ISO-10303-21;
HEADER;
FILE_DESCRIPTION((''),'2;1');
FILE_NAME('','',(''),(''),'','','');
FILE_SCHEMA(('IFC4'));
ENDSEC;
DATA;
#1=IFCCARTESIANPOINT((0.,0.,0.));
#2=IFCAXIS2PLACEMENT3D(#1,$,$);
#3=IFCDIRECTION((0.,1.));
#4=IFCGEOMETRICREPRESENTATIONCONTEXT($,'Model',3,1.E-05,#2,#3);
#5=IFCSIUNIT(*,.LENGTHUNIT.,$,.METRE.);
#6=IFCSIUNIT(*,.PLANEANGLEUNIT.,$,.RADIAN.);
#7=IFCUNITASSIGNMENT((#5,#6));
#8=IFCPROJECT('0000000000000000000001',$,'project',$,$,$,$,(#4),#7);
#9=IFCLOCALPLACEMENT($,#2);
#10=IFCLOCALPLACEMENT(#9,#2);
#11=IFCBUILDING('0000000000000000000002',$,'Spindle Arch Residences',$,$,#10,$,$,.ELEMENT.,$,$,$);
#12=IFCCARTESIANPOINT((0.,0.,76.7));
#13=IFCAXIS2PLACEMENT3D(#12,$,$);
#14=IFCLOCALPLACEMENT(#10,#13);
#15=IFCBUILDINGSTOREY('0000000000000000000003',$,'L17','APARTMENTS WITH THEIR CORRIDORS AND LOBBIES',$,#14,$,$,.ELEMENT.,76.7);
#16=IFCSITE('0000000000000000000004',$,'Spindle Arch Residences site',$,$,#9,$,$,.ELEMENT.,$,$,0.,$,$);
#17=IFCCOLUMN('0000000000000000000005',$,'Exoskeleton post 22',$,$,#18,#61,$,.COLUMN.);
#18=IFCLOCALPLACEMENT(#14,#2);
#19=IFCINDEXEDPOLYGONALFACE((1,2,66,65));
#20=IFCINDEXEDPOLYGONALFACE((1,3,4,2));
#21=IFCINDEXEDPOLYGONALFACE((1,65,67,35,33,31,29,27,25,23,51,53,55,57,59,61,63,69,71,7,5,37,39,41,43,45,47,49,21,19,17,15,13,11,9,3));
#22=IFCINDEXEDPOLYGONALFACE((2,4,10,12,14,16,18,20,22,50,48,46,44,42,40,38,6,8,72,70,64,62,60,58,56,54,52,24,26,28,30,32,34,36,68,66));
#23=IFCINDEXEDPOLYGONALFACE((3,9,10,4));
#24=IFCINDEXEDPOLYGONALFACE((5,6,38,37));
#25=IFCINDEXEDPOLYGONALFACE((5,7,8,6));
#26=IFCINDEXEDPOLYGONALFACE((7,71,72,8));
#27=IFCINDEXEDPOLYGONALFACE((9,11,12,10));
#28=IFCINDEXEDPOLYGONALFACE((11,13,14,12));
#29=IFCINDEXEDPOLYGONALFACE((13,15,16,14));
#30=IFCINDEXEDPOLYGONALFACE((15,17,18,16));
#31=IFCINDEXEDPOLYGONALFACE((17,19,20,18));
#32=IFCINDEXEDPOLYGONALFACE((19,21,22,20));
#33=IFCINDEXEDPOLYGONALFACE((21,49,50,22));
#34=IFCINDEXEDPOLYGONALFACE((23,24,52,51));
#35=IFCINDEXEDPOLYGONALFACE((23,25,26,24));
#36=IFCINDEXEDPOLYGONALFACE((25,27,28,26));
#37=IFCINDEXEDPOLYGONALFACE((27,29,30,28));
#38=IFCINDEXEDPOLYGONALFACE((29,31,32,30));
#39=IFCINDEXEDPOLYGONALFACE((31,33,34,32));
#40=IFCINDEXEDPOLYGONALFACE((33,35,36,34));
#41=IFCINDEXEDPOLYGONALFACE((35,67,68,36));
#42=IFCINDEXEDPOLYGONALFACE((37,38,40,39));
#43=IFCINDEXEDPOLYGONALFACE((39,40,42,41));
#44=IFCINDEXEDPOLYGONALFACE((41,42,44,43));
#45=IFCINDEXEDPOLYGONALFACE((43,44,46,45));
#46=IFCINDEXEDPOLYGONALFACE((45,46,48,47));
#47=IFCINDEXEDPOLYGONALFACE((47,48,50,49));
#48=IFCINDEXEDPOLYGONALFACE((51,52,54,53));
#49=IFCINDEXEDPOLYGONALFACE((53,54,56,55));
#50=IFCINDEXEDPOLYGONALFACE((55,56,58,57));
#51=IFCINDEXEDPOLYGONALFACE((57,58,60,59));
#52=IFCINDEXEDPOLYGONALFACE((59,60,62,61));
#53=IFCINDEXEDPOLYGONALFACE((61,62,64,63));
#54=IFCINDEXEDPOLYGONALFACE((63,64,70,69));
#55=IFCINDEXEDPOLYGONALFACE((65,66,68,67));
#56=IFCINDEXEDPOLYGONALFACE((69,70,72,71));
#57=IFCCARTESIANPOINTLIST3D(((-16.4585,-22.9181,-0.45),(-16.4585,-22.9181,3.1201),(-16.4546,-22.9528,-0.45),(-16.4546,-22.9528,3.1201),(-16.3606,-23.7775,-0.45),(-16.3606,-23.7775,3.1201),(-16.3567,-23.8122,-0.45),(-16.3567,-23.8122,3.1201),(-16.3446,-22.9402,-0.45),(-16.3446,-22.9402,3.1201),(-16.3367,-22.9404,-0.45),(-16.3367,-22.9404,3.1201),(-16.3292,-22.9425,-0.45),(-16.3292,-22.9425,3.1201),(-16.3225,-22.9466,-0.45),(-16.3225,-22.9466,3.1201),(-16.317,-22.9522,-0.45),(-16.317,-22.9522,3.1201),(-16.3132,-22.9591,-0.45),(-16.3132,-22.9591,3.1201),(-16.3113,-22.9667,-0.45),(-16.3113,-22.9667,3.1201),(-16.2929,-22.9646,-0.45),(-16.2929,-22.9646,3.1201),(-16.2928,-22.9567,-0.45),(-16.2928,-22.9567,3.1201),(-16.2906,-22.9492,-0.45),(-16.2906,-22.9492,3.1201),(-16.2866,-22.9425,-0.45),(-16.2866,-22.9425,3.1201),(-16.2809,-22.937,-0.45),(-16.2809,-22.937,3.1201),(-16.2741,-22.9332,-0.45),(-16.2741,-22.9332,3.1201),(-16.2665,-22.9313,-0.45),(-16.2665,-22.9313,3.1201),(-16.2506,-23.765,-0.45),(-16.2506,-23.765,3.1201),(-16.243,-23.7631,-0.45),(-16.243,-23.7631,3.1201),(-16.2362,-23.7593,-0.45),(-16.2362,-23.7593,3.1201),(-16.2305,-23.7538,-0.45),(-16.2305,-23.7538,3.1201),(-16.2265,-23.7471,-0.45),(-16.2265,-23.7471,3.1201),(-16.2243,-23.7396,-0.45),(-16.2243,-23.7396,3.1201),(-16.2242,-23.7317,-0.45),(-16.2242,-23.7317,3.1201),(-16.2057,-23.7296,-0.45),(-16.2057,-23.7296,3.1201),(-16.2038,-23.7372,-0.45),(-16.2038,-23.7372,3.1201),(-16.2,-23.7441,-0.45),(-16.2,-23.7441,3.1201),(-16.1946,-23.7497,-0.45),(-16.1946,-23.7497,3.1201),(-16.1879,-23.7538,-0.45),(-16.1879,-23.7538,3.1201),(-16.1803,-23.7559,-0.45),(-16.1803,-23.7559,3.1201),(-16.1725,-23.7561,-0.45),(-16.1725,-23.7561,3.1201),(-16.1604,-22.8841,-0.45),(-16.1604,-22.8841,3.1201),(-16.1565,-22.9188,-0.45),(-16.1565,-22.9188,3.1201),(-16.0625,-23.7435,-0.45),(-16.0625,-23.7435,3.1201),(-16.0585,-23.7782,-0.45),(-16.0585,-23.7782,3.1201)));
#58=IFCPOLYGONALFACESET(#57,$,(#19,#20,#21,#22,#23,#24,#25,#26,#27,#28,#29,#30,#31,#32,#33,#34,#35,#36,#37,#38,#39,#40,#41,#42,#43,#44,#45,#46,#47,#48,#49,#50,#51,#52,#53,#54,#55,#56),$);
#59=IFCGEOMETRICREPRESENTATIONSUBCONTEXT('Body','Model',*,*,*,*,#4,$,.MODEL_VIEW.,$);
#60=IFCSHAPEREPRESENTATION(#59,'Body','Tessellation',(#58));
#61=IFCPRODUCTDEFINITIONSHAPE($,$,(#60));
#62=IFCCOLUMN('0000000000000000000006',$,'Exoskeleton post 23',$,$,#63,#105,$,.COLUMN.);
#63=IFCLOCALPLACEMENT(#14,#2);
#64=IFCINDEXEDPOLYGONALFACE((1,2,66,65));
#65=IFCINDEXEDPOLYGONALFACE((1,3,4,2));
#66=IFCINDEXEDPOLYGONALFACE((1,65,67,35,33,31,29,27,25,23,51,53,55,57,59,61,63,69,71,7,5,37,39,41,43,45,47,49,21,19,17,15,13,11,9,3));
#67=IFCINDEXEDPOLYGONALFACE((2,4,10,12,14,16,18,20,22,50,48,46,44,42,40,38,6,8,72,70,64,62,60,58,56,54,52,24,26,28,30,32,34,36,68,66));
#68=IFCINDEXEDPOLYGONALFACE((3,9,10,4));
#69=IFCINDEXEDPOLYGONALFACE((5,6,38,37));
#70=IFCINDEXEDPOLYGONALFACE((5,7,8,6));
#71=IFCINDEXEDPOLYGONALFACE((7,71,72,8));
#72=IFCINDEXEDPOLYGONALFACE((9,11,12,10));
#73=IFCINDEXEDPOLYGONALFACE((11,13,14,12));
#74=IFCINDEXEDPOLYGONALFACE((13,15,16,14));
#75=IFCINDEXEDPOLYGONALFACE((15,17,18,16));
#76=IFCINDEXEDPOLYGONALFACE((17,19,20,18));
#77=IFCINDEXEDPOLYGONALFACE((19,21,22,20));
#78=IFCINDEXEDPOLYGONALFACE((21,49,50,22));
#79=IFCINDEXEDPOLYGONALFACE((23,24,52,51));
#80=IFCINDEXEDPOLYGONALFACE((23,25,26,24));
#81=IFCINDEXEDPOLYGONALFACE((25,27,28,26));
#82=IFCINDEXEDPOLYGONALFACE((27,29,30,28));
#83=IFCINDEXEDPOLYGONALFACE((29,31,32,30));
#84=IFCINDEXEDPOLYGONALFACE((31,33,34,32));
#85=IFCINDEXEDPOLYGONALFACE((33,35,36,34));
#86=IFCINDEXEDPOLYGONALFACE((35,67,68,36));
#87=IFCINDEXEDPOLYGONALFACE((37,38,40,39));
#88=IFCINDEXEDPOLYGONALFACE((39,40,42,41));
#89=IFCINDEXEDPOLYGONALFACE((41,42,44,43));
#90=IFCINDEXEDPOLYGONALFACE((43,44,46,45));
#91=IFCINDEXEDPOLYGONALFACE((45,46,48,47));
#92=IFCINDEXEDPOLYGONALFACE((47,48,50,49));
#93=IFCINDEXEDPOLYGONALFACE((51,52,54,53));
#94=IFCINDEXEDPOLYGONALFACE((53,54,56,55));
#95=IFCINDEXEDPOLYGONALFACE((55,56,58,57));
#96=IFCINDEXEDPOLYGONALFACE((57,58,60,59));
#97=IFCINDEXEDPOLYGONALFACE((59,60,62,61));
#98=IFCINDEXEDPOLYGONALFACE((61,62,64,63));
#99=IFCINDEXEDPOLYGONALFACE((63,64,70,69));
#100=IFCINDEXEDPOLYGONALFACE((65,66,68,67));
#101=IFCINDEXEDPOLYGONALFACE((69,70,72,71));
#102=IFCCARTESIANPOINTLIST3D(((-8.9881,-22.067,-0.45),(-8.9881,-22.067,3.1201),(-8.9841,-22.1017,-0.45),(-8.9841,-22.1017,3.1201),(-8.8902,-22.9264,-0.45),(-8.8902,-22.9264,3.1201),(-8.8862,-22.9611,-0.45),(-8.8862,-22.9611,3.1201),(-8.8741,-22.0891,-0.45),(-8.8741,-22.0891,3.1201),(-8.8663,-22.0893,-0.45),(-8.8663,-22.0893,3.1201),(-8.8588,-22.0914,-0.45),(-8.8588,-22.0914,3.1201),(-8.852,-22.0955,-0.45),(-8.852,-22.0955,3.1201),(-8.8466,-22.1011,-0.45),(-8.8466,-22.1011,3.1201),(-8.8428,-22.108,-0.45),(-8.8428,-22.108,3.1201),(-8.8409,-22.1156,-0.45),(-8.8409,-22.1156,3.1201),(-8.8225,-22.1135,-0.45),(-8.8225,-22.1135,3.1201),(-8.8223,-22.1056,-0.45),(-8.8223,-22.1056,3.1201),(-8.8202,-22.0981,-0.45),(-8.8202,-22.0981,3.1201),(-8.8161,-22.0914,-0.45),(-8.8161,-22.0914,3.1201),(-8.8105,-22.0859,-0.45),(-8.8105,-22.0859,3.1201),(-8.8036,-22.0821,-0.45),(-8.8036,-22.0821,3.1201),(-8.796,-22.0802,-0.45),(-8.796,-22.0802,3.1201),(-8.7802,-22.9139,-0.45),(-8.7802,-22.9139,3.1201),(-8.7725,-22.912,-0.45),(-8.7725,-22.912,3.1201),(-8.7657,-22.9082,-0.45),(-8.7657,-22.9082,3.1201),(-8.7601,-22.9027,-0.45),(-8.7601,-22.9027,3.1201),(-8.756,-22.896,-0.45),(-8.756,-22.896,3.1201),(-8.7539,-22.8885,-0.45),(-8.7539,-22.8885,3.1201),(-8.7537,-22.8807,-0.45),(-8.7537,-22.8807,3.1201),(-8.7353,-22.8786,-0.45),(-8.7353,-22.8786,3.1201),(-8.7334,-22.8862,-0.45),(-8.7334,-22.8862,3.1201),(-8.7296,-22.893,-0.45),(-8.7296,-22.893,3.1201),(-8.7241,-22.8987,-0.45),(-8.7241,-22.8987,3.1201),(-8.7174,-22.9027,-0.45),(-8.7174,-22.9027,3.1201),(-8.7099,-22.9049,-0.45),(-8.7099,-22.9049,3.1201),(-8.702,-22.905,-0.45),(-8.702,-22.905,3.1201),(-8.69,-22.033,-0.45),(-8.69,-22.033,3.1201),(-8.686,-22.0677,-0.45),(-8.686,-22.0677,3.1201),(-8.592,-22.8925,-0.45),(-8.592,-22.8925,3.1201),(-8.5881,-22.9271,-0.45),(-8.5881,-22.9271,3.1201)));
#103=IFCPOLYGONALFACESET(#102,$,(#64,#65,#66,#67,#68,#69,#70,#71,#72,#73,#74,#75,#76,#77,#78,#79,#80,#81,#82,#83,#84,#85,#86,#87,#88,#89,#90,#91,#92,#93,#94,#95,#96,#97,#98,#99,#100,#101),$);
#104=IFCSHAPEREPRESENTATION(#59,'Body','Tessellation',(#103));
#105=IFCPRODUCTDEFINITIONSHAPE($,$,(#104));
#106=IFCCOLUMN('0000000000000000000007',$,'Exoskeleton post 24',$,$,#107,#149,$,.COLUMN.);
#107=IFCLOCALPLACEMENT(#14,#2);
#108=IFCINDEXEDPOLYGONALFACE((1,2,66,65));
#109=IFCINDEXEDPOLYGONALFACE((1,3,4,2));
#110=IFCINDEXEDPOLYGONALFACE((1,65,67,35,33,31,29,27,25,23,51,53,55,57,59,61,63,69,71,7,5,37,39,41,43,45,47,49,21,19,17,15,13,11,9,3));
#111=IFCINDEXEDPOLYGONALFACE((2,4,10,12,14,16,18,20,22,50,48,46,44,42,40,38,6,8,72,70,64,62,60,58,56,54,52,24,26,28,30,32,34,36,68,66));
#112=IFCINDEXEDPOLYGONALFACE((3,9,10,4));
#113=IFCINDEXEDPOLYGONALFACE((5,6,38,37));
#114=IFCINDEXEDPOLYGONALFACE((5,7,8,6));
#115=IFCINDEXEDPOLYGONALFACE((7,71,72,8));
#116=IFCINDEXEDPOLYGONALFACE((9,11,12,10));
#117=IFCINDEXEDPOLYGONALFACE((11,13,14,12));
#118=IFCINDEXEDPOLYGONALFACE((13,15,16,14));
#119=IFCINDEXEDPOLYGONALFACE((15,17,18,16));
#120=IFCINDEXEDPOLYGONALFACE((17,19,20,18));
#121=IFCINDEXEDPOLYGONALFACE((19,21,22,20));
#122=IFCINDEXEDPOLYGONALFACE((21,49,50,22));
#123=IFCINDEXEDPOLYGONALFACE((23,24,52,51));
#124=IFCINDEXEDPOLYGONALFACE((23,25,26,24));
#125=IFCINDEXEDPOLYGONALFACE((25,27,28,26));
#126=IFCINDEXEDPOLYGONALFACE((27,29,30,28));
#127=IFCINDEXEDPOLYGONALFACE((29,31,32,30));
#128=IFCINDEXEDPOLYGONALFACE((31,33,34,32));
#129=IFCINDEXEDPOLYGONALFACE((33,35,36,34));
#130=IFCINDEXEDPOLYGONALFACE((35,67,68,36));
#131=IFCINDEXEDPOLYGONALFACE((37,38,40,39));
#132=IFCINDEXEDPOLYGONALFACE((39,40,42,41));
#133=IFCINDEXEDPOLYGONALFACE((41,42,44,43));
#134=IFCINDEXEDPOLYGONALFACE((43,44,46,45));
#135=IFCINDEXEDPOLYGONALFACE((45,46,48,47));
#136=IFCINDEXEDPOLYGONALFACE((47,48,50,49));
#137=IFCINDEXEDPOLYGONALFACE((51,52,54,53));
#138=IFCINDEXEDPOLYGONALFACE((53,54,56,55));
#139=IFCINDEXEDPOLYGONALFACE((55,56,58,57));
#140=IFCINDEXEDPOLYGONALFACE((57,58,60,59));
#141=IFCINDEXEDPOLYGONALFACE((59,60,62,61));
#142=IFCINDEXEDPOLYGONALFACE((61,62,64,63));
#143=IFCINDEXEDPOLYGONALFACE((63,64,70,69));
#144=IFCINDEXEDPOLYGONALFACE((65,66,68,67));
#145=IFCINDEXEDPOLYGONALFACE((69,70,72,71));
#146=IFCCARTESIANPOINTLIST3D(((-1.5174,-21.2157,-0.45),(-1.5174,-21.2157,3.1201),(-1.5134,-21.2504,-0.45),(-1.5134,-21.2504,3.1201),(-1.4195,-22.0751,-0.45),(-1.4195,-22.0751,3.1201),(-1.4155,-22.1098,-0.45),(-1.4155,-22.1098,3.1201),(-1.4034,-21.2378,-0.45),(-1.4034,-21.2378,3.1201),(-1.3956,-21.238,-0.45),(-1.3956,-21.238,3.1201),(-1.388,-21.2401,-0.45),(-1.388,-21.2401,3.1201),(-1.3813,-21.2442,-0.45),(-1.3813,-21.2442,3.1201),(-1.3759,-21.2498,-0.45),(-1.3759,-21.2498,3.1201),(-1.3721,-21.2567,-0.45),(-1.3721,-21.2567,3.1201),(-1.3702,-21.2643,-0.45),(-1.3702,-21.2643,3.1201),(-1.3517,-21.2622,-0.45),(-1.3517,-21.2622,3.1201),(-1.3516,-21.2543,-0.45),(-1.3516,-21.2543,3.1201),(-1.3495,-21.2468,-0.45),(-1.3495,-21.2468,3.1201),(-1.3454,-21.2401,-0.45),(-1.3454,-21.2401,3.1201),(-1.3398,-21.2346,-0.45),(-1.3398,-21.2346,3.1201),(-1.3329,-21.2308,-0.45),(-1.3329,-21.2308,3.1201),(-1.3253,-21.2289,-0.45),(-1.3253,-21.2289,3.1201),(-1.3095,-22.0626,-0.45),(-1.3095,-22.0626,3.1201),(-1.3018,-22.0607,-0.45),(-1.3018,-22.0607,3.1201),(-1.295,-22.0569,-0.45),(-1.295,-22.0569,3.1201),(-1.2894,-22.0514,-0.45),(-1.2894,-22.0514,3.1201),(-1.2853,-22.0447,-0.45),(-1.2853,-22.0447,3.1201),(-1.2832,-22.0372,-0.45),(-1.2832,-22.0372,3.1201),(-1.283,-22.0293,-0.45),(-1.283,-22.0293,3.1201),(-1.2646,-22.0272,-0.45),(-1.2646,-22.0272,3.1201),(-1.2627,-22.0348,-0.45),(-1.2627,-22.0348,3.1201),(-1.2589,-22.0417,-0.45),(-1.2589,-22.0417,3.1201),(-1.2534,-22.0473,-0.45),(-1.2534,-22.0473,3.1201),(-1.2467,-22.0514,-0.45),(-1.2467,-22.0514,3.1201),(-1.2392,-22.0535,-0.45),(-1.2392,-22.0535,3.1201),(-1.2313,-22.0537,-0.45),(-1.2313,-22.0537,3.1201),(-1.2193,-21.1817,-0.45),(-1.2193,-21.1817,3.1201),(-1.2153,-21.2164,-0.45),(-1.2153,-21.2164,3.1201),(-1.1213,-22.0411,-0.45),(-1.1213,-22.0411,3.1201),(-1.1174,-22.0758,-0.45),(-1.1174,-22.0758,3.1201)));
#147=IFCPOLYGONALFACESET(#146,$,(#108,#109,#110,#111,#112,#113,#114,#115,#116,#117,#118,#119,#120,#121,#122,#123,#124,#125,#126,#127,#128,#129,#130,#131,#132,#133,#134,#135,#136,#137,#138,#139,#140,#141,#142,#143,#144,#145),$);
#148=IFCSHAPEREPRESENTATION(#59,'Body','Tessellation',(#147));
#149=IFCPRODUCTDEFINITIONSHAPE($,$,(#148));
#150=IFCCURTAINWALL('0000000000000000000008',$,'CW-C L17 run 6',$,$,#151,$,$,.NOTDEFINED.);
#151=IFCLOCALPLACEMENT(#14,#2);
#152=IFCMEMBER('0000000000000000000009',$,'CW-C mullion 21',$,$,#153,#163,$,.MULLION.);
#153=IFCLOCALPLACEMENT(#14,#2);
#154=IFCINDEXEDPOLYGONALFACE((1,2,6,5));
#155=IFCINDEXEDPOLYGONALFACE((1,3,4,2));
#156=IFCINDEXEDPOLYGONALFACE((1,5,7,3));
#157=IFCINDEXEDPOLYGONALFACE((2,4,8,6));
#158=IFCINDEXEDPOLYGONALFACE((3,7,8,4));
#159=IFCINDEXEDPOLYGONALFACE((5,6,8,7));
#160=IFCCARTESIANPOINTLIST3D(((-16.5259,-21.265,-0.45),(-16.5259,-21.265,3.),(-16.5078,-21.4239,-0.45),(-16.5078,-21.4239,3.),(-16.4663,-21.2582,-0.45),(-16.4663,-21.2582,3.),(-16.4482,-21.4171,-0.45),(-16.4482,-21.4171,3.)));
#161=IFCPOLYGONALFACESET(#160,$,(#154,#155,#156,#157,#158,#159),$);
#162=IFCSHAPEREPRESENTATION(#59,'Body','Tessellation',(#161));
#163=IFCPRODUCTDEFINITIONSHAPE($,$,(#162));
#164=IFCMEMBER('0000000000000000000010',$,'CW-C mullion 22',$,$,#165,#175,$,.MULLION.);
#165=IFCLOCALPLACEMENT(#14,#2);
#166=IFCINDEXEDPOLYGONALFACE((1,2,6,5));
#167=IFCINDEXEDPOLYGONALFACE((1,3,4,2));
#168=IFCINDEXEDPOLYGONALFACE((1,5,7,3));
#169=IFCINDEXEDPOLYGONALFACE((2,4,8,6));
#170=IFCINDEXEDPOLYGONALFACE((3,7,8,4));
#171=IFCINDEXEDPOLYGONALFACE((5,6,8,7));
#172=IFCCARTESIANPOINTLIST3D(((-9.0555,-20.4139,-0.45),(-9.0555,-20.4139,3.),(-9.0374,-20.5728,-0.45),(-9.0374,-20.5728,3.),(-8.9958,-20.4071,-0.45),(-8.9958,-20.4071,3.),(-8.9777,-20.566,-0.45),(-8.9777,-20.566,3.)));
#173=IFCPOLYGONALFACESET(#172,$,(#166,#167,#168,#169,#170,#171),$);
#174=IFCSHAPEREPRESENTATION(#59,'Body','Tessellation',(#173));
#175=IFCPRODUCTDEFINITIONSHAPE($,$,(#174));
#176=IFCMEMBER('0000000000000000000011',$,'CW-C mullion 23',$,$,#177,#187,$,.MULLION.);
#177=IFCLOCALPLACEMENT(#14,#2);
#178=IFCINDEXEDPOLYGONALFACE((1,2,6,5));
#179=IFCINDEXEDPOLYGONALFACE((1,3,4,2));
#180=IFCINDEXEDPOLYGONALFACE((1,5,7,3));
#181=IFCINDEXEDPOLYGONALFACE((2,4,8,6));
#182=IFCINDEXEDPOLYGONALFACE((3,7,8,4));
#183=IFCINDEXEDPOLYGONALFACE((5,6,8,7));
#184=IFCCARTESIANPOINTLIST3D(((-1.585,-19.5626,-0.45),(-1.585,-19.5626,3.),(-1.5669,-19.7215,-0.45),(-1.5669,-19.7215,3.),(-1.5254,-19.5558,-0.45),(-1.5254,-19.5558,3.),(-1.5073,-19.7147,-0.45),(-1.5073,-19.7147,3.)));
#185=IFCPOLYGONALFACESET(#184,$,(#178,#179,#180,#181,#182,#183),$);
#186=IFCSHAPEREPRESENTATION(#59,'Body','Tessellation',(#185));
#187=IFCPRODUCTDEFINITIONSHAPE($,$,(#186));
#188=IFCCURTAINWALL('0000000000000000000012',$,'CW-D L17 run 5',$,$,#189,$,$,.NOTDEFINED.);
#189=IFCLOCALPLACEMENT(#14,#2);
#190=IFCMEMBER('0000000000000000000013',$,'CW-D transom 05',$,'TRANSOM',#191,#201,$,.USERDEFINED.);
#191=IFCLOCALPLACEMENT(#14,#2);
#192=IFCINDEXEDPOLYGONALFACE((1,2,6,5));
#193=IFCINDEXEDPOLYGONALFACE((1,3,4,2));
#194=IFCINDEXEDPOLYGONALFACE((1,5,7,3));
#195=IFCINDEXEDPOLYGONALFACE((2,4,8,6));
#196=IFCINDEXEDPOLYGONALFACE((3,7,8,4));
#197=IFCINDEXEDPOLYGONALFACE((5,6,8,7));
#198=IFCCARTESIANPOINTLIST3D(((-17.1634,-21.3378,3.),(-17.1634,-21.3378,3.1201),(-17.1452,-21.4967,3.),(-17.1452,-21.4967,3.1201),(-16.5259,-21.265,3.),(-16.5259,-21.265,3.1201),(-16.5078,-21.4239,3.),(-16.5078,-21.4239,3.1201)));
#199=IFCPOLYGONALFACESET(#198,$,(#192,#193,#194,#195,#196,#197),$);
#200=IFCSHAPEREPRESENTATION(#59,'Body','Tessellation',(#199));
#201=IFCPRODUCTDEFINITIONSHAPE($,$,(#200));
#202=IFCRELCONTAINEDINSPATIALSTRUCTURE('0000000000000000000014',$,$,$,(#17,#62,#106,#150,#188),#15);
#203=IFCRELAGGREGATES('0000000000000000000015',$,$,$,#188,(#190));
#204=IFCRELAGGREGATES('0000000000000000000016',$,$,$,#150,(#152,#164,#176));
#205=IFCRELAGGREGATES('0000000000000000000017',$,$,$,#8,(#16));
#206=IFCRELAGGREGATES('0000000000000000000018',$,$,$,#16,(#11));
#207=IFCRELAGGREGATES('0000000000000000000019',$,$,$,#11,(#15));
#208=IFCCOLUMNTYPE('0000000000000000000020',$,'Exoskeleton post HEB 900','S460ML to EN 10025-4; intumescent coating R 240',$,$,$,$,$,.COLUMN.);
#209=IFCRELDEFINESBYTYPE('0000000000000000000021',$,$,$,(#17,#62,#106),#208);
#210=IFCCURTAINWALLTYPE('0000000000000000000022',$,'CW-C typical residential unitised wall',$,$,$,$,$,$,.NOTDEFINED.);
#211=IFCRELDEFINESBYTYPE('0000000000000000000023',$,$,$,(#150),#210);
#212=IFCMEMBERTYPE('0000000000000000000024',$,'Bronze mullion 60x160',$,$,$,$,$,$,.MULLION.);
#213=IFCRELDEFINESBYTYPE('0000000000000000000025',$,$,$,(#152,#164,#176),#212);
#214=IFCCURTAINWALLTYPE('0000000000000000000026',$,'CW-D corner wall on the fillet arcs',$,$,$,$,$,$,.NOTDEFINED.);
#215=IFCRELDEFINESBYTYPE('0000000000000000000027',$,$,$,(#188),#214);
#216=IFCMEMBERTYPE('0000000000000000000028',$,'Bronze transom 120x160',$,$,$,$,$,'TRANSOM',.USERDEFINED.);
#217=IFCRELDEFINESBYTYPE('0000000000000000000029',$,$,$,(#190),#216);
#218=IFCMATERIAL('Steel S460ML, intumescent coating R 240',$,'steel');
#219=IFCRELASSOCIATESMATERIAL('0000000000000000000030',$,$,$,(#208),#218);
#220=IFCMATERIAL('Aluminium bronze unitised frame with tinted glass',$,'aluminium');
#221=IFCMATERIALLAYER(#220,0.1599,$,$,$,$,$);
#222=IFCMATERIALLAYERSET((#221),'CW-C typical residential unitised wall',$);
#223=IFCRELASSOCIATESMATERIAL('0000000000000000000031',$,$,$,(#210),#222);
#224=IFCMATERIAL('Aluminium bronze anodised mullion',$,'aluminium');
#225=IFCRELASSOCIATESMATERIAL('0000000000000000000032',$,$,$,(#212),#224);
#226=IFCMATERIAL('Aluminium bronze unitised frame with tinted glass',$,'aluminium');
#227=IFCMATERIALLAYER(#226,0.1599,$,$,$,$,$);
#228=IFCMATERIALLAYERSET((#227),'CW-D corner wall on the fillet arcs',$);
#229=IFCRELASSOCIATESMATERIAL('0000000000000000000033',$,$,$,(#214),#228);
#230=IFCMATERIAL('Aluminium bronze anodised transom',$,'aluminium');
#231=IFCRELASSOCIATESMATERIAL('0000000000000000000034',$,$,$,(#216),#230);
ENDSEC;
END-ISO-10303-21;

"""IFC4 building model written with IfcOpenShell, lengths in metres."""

from ifc_helpers import new_model, si_unit, direction, frame, origin, origin_2d, place, context, subcontext, project, spatial, rectangle, i_section, extrude, material, layer, layer_set, material_profile, profile_set, type_object, element, aggregate, save


model = new_model("IFC4")

# Units and contexts
model_context = context("Model", 3, precision=1e-05, world=origin(), true_north=direction((0.0, 1.0)))
body_context = subcontext(model_context, "Body", "Model", "MODEL_VIEW")
ifc_project = project(units=[si_unit("LENGTHUNIT", "METRE"), si_unit("PLANEANGLEUNIT", "RADIAN")], contexts=[model_context])

# Site, building, storey
site_placement = place(None, origin())
site = spatial("IfcSite", under=ifc_project, at=site_placement, Name="Spindle Arch Residences site", CompositionType="ELEMENT", RefElevation=0.0)
building_placement = place(site_placement, origin())
building = spatial("IfcBuilding", under=site, at=building_placement, Name="Spindle Arch Residences", CompositionType="ELEMENT")
storey_placement = place(building_placement, frame((0.0, 0.0, 76.7)))
storey = spatial("IfcBuildingStorey", under=building, at=storey_placement, Name="L17", Description="APARTMENTS WITH THEIR CORRIDORS AND LOBBIES", CompositionType="ELEMENT", Elevation=76.7)

# Columns
ifc_material_1 = material(Name="Steel S460ML, intumescent coating R 240", Category="steel")
ifc_material_profile_1 = material_profile(ifc_material_1, i_section(OverallWidth=0.3, OverallDepth=0.8999, WebThickness=0.0186, FlangeThickness=0.0349, FilletRadius=0.03, at=origin_2d()), Name="HEB 900")
ifc_profile_set_1 = profile_set([ifc_material_profile_1], Name="Steel S460ML, intumescent coating R 240")
column_type = type_object("IfcColumnType", Name="Exoskeleton post HEB 900", Description="S460ML to EN 10025-4; intumescent coating R 240", PredefinedType="COLUMN", material=ifc_profile_set_1)
for number, where, z_axis, x_axis, name in (
    (1, (-16.2585, -23.3481, -0.45), (0.0, 0.0, 1.0), (-0.993572, -0.113203, 0.0), "Exoskeleton post 22"),
    (2, (-8.7881, -22.4971, -0.45), (0.0, 0.0, 1.0), (-0.993572, -0.113203, 0.0), "Exoskeleton post 23"),
    (3, (-1.3174, -21.6458, -0.45), (0.0, 0.0, 1.0), (-0.993572, -0.113203, 0.0), "Exoskeleton post 24"),
):
    element("IfcColumn", number, at=place(storey_placement, frame(where, z_axis=z_axis, x_axis=x_axis)), inside=storey, type_object=column_type, Name=name, PredefinedType="COLUMN", context=body_context, shape_type="SweptSolid", body=[
        extrude(i_section(OverallWidth=0.3, OverallDepth=0.8999, WebThickness=0.0186, FlangeThickness=0.0349, FilletRadius=0.03, at=origin_2d()), origin(), (0.0, 0.0, 1.0), 3.5701),
    ])

# Curtain wall, members
ifc_material_2 = material(Name="Aluminium bronze unitised frame with tinted glass", Category="aluminium")
ifc_layer_1 = layer(ifc_material_2, 0.1599)
ifc_layer_set_1 = layer_set([ifc_layer_1], Name="CW-C typical residential unitised wall")
curtain_wall_type_1 = type_object("IfcCurtainWallType", Name="CW-C typical residential unitised wall", PredefinedType="NOTDEFINED", material=ifc_layer_set_1)
curtain_wall_1_placement = place(storey_placement, origin())
curtain_wall_1 = element("IfcCurtainWall", 4, at=curtain_wall_1_placement, inside=storey, type_object=curtain_wall_type_1, Name="CW-C L17 run 6", PredefinedType="NOTDEFINED")
ifc_material_3 = material(Name="Aluminium bronze anodised mullion", Category="aluminium")
ifc_material_profile_2 = material_profile(ifc_material_3, rectangle(XDim=0.1599, YDim=0.0601, at=origin_2d()), Name="MU 60x160")
ifc_profile_set_2 = profile_set([ifc_material_profile_2], Name="Aluminium bronze anodised mullion")
member_type_1 = type_object("IfcMemberType", Name="Bronze mullion 60x160", PredefinedType="MULLION", material=ifc_profile_set_2)
member_1_placement = place(storey_placement, frame((-16.4871, -21.3411, -0.45), z_axis=(0.0, 0.0, 1.0), x_axis=(-0.113203, 0.993572, 0.0)))
member_1 = element("IfcMember", 5, at=member_1_placement, type_object=member_type_1, Name="CW-C mullion 21", PredefinedType="MULLION", context=body_context, shape_type="SweptSolid", body=[
    extrude(rectangle(XDim=0.1599, YDim=0.0601, at=origin_2d()), origin(), (0.0, 0.0, 1.0), 3.45),
])
member_2_placement = place(storey_placement, frame((-9.0166, -20.49, -0.45), z_axis=(0.0, 0.0, 1.0), x_axis=(-0.113203, 0.993572, 0.0)))
member_2 = element("IfcMember", 6, at=member_2_placement, type_object=member_type_1, Name="CW-C mullion 22", PredefinedType="MULLION", context=body_context, shape_type="SweptSolid", body=[
    extrude(rectangle(XDim=0.1599, YDim=0.0601, at=origin_2d()), origin(), (0.0, 0.0, 1.0), 3.45),
])
member_3_placement = place(storey_placement, frame((-1.5461, -19.6387, -0.45), z_axis=(0.0, 0.0, 1.0), x_axis=(-0.113203, 0.993572, 0.0)))
member_3 = element("IfcMember", 7, at=member_3_placement, type_object=member_type_1, Name="CW-C mullion 23", PredefinedType="MULLION", context=body_context, shape_type="SweptSolid", body=[
    extrude(rectangle(XDim=0.1599, YDim=0.0601, at=origin_2d()), origin(), (0.0, 0.0, 1.0), 3.45),
])

# Curtain wall, member
ifc_material_4 = material(Name="Aluminium bronze unitised frame with tinted glass", Category="aluminium")
ifc_layer_2 = layer(ifc_material_4, 0.1599)
ifc_layer_set_2 = layer_set([ifc_layer_2], Name="CW-D corner wall on the fillet arcs")
curtain_wall_type_2 = type_object("IfcCurtainWallType", Name="CW-D corner wall on the fillet arcs", PredefinedType="NOTDEFINED", material=ifc_layer_set_2)
curtain_wall_2_placement = place(storey_placement, origin())
curtain_wall_2 = element("IfcCurtainWall", 8, at=curtain_wall_2_placement, inside=storey, type_object=curtain_wall_type_2, Name="CW-D L17 run 5", PredefinedType="NOTDEFINED")
ifc_material_5 = material(Name="Aluminium bronze anodised transom", Category="aluminium")
ifc_material_profile_3 = material_profile(ifc_material_5, rectangle(XDim=0.1599, YDim=0.1201, at=origin_2d()), Name="TR 120x160")
ifc_profile_set_3 = profile_set([ifc_material_profile_3], Name="Aluminium bronze anodised transom")
member_type_2 = type_object("IfcMemberType", Name="Bronze transom 120x160", ElementType="TRANSOM", PredefinedType="USERDEFINED", material=ifc_profile_set_3)
member_4_placement = place(storey_placement, frame((-17.1543, -21.4172, 3.0601), z_axis=(0.99355, 0.113396, 0.0), x_axis=(-0.113396, 0.99355, 0.0)))
member_4 = element("IfcMember", 9, at=member_4_placement, type_object=member_type_2, Name="CW-D transom 05", ObjectType="TRANSOM", PredefinedType="USERDEFINED", context=body_context, shape_type="SweptSolid", body=[
    extrude(rectangle(XDim=0.1599, YDim=0.1201, at=origin_2d()), origin(), (0.0, 0.0, 1.0), 0.6416),
])

aggregate(curtain_wall_2, [member_4])
aggregate(curtain_wall_1, [member_1, member_2, member_3])

save(model, "model.ifc")
